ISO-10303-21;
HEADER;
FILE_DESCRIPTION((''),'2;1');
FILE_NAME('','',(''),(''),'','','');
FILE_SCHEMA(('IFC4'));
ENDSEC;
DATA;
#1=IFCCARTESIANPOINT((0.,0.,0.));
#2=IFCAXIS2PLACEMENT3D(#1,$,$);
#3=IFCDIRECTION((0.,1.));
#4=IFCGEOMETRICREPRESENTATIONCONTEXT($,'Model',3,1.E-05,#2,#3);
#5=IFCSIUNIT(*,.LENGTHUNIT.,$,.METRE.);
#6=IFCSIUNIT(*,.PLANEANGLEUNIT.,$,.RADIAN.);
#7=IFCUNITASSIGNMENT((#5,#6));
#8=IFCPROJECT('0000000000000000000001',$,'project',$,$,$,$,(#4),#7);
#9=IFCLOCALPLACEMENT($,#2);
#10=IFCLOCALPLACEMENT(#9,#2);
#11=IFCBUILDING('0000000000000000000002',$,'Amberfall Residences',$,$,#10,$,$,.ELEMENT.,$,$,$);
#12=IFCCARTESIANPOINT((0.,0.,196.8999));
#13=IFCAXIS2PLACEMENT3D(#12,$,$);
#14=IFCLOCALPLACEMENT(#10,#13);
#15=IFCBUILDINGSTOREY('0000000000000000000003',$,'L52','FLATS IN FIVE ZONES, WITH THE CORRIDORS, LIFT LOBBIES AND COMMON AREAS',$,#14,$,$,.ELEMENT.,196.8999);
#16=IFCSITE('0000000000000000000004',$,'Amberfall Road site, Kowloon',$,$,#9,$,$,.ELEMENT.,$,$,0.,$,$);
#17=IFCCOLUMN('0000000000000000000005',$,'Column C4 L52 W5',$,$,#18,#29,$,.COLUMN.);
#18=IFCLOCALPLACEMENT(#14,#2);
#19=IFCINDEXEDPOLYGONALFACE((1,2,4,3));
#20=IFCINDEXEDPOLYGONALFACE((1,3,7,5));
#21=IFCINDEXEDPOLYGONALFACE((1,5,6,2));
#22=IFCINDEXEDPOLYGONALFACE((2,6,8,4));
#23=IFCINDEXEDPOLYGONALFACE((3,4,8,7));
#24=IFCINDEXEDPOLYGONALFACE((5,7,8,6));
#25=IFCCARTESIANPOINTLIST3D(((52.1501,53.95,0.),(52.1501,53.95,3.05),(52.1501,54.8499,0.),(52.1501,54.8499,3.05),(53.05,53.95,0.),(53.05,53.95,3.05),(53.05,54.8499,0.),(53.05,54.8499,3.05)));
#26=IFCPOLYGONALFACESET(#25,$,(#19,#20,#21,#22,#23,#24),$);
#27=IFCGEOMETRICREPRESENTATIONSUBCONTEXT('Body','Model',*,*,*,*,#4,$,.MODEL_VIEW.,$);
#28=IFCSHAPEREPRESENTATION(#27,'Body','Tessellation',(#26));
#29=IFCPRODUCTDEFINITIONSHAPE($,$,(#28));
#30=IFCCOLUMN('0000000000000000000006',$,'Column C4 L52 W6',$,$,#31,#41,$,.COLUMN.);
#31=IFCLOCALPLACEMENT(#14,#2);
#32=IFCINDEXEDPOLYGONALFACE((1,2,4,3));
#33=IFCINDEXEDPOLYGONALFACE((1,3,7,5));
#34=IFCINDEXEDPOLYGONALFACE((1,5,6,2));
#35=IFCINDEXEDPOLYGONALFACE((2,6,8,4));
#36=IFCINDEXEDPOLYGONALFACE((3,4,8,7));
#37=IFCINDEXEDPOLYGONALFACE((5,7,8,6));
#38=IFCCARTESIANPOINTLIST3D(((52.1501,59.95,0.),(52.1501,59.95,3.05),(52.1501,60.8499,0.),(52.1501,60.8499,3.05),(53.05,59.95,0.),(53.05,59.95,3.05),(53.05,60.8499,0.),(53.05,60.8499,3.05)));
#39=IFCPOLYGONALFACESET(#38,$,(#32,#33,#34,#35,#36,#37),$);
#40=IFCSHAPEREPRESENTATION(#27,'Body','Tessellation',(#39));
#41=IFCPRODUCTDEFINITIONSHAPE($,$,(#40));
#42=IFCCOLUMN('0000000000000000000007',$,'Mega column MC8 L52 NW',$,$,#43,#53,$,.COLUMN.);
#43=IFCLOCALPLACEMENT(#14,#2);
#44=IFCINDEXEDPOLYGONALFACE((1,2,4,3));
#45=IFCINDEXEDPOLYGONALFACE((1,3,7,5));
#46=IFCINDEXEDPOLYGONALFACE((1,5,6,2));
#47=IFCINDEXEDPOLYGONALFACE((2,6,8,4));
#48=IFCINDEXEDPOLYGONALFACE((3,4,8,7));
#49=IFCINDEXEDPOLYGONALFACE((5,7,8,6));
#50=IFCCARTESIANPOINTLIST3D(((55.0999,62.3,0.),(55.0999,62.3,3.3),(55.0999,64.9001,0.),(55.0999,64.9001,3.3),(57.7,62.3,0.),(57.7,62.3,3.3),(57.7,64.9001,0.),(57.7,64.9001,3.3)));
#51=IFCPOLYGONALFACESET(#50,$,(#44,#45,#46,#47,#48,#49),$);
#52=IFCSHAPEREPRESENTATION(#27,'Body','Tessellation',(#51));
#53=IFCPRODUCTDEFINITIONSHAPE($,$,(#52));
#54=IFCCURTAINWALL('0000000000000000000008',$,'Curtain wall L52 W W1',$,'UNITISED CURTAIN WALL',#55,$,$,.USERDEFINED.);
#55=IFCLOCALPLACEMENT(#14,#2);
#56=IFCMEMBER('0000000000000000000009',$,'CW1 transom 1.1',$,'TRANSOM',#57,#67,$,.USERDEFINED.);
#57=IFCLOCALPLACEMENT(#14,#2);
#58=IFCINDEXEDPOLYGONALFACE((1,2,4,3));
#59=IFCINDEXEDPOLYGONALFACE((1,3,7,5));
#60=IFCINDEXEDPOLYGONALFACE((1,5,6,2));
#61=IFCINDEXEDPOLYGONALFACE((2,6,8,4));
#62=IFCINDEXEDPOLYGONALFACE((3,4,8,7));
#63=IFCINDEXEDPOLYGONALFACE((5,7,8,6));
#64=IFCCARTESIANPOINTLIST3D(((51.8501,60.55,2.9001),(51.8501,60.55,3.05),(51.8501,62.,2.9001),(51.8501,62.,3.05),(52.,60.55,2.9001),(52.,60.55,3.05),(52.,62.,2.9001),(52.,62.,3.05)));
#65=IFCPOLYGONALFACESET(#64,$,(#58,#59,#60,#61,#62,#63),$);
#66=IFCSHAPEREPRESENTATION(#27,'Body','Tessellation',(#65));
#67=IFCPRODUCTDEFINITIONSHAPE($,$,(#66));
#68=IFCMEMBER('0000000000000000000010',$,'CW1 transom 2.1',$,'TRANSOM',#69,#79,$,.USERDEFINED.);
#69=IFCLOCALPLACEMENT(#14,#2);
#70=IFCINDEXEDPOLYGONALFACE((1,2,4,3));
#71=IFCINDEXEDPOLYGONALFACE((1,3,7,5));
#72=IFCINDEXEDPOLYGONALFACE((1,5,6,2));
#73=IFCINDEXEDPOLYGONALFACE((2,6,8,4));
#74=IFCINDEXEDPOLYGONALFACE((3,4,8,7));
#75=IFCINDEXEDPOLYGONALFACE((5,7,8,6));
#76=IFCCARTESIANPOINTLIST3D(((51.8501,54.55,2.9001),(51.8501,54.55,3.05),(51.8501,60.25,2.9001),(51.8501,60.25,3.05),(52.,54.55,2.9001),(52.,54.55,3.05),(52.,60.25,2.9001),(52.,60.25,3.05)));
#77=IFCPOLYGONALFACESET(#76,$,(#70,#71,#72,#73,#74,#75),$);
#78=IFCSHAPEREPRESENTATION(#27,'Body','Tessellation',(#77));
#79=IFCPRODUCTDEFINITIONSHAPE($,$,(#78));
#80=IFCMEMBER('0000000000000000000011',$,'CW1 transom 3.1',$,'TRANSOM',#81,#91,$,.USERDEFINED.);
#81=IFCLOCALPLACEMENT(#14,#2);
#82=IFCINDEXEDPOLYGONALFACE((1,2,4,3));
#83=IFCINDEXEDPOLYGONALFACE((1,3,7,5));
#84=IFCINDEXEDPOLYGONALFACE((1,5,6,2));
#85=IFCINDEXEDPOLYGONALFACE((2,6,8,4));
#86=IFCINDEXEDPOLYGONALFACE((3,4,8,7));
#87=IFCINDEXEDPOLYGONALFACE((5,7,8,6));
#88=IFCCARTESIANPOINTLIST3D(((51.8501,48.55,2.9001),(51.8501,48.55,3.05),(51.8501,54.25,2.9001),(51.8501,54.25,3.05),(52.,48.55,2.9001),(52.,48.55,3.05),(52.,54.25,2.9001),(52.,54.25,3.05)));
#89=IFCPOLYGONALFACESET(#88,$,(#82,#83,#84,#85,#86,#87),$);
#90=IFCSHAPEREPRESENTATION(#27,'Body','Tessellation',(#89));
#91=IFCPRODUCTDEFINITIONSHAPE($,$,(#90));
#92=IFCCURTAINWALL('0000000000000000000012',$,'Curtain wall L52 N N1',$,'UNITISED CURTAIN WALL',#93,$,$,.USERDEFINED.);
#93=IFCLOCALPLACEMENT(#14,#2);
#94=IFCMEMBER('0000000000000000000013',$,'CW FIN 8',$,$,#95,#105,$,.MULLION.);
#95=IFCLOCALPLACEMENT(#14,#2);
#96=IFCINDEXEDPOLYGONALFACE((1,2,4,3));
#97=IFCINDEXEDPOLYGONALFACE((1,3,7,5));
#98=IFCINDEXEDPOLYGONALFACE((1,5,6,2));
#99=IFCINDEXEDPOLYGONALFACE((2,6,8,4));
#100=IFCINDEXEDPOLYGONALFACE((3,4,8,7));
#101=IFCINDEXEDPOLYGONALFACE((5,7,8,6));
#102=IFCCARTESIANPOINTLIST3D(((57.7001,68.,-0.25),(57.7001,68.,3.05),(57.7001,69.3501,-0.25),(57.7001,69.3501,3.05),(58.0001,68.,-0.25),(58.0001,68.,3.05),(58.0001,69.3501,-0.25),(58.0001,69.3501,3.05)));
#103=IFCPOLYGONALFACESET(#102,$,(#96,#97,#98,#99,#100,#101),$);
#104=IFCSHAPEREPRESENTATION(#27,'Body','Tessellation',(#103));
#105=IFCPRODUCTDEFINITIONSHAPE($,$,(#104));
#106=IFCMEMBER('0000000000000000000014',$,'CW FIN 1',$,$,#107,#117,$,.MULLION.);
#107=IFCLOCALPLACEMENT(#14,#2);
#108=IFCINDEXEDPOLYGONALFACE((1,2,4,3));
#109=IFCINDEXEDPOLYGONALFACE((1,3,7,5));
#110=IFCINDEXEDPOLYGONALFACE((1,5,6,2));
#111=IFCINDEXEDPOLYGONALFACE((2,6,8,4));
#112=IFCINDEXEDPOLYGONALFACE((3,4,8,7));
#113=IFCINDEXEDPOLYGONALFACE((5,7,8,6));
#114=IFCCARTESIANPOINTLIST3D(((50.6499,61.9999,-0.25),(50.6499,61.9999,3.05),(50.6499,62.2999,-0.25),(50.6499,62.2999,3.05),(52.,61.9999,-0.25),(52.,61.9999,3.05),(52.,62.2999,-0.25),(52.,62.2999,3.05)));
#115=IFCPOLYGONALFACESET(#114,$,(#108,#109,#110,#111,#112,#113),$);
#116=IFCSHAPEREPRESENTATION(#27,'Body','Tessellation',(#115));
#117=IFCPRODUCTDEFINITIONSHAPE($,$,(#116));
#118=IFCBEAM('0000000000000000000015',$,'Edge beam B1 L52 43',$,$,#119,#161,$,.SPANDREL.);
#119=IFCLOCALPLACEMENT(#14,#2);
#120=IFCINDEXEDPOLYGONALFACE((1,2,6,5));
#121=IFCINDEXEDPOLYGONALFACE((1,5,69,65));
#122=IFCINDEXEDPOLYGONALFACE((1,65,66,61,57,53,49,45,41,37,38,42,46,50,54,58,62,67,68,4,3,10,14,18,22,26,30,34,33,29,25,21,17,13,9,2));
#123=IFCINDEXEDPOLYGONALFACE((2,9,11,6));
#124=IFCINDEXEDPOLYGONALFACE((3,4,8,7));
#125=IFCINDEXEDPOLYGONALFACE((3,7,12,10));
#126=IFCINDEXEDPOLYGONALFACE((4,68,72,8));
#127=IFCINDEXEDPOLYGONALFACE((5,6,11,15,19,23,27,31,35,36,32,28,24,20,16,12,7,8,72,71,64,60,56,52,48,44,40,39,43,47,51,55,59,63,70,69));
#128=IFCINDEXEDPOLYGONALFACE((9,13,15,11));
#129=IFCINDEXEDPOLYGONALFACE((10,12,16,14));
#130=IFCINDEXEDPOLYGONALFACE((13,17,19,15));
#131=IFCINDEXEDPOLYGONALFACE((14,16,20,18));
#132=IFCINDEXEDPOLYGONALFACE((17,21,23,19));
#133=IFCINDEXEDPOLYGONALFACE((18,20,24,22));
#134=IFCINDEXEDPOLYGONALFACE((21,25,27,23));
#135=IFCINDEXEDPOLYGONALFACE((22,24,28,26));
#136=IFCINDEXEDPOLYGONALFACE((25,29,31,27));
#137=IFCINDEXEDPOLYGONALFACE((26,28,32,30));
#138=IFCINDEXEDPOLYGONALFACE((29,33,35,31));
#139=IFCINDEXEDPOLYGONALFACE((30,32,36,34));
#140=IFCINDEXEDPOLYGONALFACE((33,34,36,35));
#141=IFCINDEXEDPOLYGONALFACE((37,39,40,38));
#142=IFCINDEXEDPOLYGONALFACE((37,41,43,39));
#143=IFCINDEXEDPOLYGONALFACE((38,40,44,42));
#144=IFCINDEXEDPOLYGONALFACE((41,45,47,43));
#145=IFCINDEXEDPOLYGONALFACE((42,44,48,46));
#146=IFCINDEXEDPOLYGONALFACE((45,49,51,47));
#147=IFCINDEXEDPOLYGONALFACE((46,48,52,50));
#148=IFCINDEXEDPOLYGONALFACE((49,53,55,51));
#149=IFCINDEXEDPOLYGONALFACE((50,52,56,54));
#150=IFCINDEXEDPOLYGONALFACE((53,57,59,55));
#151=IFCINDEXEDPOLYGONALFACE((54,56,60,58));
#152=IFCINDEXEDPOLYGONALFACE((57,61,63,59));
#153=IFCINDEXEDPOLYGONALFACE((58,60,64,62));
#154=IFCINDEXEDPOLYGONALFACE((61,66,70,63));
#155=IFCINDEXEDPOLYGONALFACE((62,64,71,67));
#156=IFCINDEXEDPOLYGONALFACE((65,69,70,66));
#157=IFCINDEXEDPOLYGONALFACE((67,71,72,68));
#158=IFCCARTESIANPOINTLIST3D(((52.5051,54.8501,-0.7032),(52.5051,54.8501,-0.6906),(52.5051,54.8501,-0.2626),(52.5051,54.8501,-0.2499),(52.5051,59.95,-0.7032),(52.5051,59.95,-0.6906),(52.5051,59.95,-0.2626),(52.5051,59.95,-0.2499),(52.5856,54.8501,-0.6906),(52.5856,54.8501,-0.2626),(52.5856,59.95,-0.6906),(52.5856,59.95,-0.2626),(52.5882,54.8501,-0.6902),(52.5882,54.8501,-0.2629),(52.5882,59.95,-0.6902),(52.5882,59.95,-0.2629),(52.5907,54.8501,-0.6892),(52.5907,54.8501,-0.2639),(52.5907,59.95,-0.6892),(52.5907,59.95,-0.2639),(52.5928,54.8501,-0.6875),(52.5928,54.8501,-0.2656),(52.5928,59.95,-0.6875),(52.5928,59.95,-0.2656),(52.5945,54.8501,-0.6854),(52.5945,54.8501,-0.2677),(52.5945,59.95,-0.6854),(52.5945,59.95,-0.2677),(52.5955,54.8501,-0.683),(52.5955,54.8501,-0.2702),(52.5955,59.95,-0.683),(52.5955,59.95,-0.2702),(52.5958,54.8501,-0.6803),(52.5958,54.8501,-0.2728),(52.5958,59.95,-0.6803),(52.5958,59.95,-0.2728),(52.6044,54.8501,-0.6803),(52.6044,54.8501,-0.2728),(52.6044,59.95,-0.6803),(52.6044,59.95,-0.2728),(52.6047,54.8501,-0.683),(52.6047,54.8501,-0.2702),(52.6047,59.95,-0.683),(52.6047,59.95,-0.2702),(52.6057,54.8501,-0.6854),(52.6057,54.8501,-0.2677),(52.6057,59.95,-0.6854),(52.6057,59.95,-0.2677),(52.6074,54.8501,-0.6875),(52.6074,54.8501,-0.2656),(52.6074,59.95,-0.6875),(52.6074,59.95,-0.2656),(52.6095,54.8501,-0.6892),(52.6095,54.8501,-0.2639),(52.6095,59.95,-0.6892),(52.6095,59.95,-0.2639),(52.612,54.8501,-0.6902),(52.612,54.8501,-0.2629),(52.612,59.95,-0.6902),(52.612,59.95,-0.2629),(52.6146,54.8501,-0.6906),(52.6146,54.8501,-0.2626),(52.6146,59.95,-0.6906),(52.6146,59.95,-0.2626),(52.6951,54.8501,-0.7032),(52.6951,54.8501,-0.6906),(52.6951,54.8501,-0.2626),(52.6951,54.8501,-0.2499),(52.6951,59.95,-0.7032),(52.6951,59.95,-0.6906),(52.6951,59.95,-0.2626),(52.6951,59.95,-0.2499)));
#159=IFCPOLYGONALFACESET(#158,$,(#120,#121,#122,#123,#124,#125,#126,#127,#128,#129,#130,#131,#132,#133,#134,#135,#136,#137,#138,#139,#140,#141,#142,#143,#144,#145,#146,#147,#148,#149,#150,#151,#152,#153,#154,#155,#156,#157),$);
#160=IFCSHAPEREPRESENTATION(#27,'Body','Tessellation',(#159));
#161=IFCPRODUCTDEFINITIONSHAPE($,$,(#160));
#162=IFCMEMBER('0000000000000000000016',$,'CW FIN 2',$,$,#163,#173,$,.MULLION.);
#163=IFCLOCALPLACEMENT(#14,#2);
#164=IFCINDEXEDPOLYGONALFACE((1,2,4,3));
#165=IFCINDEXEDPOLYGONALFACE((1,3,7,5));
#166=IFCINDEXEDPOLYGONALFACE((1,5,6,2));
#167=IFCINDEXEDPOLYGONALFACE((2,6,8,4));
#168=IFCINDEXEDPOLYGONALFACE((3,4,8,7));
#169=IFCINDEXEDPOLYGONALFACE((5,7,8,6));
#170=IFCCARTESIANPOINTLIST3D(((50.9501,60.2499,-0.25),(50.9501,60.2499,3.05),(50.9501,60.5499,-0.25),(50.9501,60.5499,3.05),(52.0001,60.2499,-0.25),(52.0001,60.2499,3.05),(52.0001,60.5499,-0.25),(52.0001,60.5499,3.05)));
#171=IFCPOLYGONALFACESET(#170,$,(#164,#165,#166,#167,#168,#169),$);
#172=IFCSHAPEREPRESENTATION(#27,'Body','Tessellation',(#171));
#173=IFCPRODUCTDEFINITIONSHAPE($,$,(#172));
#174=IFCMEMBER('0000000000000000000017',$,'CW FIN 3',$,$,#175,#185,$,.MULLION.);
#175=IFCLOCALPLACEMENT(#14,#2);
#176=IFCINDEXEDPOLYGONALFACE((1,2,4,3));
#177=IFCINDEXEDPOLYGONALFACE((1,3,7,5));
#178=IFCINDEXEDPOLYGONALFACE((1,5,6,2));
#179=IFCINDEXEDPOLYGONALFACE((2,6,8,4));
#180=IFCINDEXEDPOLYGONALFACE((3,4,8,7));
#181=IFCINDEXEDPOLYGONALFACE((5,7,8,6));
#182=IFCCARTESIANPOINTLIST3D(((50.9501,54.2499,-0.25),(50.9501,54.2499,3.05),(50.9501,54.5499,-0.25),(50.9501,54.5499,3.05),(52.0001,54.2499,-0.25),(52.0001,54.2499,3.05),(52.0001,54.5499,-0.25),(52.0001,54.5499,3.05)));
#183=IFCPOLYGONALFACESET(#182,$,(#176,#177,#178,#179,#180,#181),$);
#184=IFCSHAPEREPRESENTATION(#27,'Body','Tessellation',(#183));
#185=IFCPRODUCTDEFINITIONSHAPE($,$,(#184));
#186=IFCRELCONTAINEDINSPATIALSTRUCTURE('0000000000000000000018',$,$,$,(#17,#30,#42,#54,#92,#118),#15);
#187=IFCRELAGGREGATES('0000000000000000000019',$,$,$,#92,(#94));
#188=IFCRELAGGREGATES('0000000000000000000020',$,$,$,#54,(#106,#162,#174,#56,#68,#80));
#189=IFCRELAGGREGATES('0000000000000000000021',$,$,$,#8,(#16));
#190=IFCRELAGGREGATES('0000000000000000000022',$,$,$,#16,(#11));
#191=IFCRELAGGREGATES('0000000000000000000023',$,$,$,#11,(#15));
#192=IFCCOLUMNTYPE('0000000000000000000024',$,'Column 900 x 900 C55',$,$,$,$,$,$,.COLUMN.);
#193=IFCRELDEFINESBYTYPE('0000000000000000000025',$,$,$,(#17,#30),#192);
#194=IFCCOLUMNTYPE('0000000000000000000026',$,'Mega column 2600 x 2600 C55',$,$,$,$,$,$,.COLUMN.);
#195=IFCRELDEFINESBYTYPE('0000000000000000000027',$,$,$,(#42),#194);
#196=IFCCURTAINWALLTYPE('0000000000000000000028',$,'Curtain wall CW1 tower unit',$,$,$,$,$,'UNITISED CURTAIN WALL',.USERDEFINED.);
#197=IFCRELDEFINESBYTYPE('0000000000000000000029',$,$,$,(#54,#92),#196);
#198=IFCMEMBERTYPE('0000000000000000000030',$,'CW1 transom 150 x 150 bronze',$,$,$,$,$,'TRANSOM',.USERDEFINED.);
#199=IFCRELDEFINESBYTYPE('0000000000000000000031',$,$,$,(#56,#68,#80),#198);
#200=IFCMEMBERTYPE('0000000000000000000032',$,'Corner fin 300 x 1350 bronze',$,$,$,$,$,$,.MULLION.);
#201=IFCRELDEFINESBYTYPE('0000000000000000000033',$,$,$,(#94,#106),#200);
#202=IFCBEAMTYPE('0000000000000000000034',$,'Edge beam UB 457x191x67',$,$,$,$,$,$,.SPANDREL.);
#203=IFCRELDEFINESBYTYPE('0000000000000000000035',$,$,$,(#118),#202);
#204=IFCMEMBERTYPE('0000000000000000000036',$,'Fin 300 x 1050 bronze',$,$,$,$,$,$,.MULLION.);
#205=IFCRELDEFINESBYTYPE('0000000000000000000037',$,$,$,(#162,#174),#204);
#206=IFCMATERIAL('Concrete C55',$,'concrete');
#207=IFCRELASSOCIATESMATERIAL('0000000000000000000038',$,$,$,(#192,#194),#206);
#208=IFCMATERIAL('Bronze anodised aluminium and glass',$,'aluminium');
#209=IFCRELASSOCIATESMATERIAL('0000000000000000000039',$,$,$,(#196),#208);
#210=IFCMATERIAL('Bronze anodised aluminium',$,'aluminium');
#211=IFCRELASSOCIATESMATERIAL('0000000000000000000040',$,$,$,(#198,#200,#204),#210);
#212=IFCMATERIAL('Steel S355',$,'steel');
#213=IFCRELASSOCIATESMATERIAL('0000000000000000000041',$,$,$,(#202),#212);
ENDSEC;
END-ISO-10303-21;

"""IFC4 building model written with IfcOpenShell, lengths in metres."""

from ifc_helpers import new_model, si_unit, direction, frame, origin, origin_2d, place, context, subcontext, project, spatial, rectangle, i_section, extrude, material, material_profile, profile_set, type_object, element, aggregate, save


model = new_model("IFC4")

# Units and contexts
model_context = context("Model", 3, precision=1e-05, world=origin(), true_north=direction((0.0, 1.0)))
body_context = subcontext(model_context, "Body", "Model", "MODEL_VIEW")
ifc_project = project(units=[si_unit("LENGTHUNIT", "METRE"), si_unit("PLANEANGLEUNIT", "RADIAN")], contexts=[model_context])

# Site, building, storey
site_placement = place(None, origin())
site = spatial("IfcSite", under=ifc_project, at=site_placement, Name="Amberfall Road site, Kowloon", CompositionType="ELEMENT", RefElevation=0.0)
building_placement = place(site_placement, origin())
building = spatial("IfcBuilding", under=site, at=building_placement, Name="Amberfall Residences", CompositionType="ELEMENT")
storey_placement = place(building_placement, frame((0.0, 0.0, 196.8999)))
storey = spatial("IfcBuildingStorey", under=building, at=storey_placement, Name="L52", Description="FLATS IN FIVE ZONES, WITH THE CORRIDORS, LIFT LOBBIES AND COMMON AREAS", CompositionType="ELEMENT", Elevation=196.8999)

# Columns
ifc_material_1 = material(Name="Concrete C55", Category="concrete")
ifc_material_profile_1 = material_profile(ifc_material_1, rectangle(XDim=0.8999, YDim=0.8999, at=origin_2d()), Name="Column 900 x 900 C55")
ifc_profile_set_1 = profile_set([ifc_material_profile_1], Name="Concrete C55")
column_type_1 = type_object("IfcColumnType", Name="Column 900 x 900 C55", PredefinedType="COLUMN", material=ifc_profile_set_1)
for number, where, z_axis, x_axis, name in (
    (1, (52.6001, 54.3999, 0.0), (0.0, 0.0, 1.0), (1.0, 0.0, 0.0), "Column C4 L52 W5"),
    (2, (52.6001, 60.3999, 0.0), (0.0, 0.0, 1.0), (1.0, 0.0, 0.0), "Column C4 L52 W6"),
):
    element("IfcColumn", number, at=place(storey_placement, frame(where, z_axis=z_axis, x_axis=x_axis)), inside=storey, type_object=column_type_1, Name=name, PredefinedType="COLUMN", context=body_context, shape_type="SweptSolid", body=[
        extrude(rectangle(XDim=0.8999, YDim=0.8999, at=origin_2d()), origin(), (0.0, 0.0, 1.0), 3.05),
    ])
ifc_material_profile_2 = material_profile(ifc_material_1, rectangle(XDim=2.6001, YDim=2.6001, at=origin_2d()), Name="Mega column 2600 x 2600 C55")
ifc_profile_set_2 = profile_set([ifc_material_profile_2], Name="Concrete C55")
column_type_2 = type_object("IfcColumnType", Name="Mega column 2600 x 2600 C55", PredefinedType="COLUMN", material=ifc_profile_set_2)
column_placement = place(storey_placement, frame((56.3999, 63.6001, 0.0), z_axis=(0.0, 0.0, 1.0), x_axis=(1.0, 0.0, 0.0)))
element("IfcColumn", 3, at=column_placement, inside=storey, type_object=column_type_2, Name="Mega column MC8 L52 NW", PredefinedType="COLUMN", context=body_context, shape_type="SweptSolid", body=[
    extrude(rectangle(XDim=2.6001, YDim=2.6001, at=origin_2d()), origin(), (0.0, 0.0, 1.0), 3.3),
])

# Curtain wall, members
ifc_material_2 = material(Name="Bronze anodised aluminium and glass", Category="aluminium")
curtain_wall_type = type_object("IfcCurtainWallType", Name="Curtain wall CW1 tower unit", ElementType="UNITISED CURTAIN WALL", PredefinedType="USERDEFINED", material=ifc_material_2)
curtain_wall_1_placement = place(storey_placement, origin())
curtain_wall_1 = element("IfcCurtainWall", 4, at=curtain_wall_1_placement, inside=storey, type_object=curtain_wall_type, Name="Curtain wall L52 W W1", ObjectType="UNITISED CURTAIN WALL", PredefinedType="USERDEFINED")
ifc_material_3 = material(Name="Bronze anodised aluminium", Category="aluminium")
ifc_material_profile_3 = material_profile(ifc_material_3, rectangle(XDim=0.1499, YDim=0.1499, at=origin_2d()), Name="CW1 transom 150 x 150 bronze")
ifc_profile_set_3 = profile_set([ifc_material_profile_3], Name="Bronze anodised aluminium")
member_type_1 = type_object("IfcMemberType", Name="CW1 transom 150 x 150 bronze", ElementType="TRANSOM", PredefinedType="USERDEFINED", material=ifc_profile_set_3)
member_1_placement = place(storey_placement, frame((51.925, 62.0, 2.9751), z_axis=(0.0, -1.0, 0.0), x_axis=(1.0, 0.0, 0.0)))
member_1 = element("IfcMember", 5, at=member_1_placement, type_object=member_type_1, Name="CW1 transom 1.1", ObjectType="TRANSOM", PredefinedType="USERDEFINED", context=body_context, shape_type="SweptSolid", body=[
    extrude(rectangle(XDim=0.1499, YDim=0.1499, at=origin_2d()), origin(), (0.0, 0.0, 1.0), 1.45),
])
member_2_placement = place(storey_placement, frame((51.925, 60.25, 2.9751), z_axis=(0.0, -1.0, 0.0), x_axis=(1.0, 0.0, 0.0)))
member_2 = element("IfcMember", 6, at=member_2_placement, type_object=member_type_1, Name="CW1 transom 2.1", ObjectType="TRANSOM", PredefinedType="USERDEFINED", context=body_context, shape_type="SweptSolid", body=[
    extrude(rectangle(XDim=0.1499, YDim=0.1499, at=origin_2d()), origin(), (0.0, 0.0, 1.0), 5.7),
])
member_3_placement = place(storey_placement, frame((51.925, 54.25, 2.9751), z_axis=(0.0, -1.0, 0.0), x_axis=(1.0, 0.0, 0.0)))
member_3 = element("IfcMember", 7, at=member_3_placement, type_object=member_type_1, Name="CW1 transom 3.1", ObjectType="TRANSOM", PredefinedType="USERDEFINED", context=body_context, shape_type="SweptSolid", body=[
    extrude(rectangle(XDim=0.1499, YDim=0.1499, at=origin_2d()), origin(), (0.0, 0.0, 1.0), 5.7),
])

# Curtain wall, member
curtain_wall_2_placement = place(storey_placement, origin())
curtain_wall_2 = element("IfcCurtainWall", 8, at=curtain_wall_2_placement, inside=storey, type_object=curtain_wall_type, Name="Curtain wall L52 N N1", ObjectType="UNITISED CURTAIN WALL", PredefinedType="USERDEFINED")
ifc_material_profile_4 = material_profile(ifc_material_3, rectangle(XDim=1.3501, YDim=0.3, at=origin_2d()), Name="Corner fin 300 x 1350 bronze")
ifc_profile_set_4 = profile_set([ifc_material_profile_4], Name="Bronze anodised aluminium")
member_type_2 = type_object("IfcMemberType", Name="Corner fin 300 x 1350 bronze", PredefinedType="MULLION", material=ifc_profile_set_4)
member_4_placement = place(storey_placement, frame((57.8501, 68.675, -0.25), z_axis=(0.0, 0.0, 1.0), x_axis=(0.0, -1.0, 0.0)))
member_4 = element("IfcMember", 9, at=member_4_placement, type_object=member_type_2, Name="CW FIN 8", PredefinedType="MULLION", context=body_context, shape_type="SweptSolid", body=[
    extrude(rectangle(XDim=1.3501, YDim=0.3, at=origin_2d()), origin(), (0.0, 0.0, 1.0), 3.3),
])

# Member
member_5_placement = place(storey_placement, frame((51.325, 62.1499, -0.25), z_axis=(0.0, 0.0, 1.0), x_axis=(1.0, 0.0, 0.0)))
member_5 = element("IfcMember", 10, at=member_5_placement, type_object=member_type_2, Name="CW FIN 1", PredefinedType="MULLION", context=body_context, shape_type="SweptSolid", body=[
    extrude(rectangle(XDim=1.3501, YDim=0.3, at=origin_2d()), origin(), (0.0, 0.0, 1.0), 3.3),
])

# Beam
ifc_material_4 = material(Name="Steel S355", Category="steel")
ifc_material_profile_5 = material_profile(ifc_material_4, i_section(OverallWidth=0.1899, OverallDepth=0.4534, WebThickness=0.0085, FlangeThickness=0.0127, FilletRadius=0.0103, at=origin_2d()), Name="UB 457x191x67")
ifc_profile_set_5 = profile_set([ifc_material_profile_5], Name="Steel S355")
beam_type_1 = type_object("IfcBeamType", Name="Edge beam UB 457x191x67", PredefinedType="SPANDREL", material=ifc_profile_set_5)
beam_1_placement = place(storey_placement, frame((52.6001, 54.8501, -0.4766), z_axis=(0.0, 1.0, 0.0), x_axis=(-1.0, 0.0, 0.0)))
element("IfcBeam", 11, at=beam_1_placement, inside=storey, type_object=beam_type_1, Name="Edge beam B1 L52 43", PredefinedType="SPANDREL", context=body_context, shape_type="SweptSolid", body=[
    extrude(i_section(OverallWidth=0.1899, OverallDepth=0.4534, WebThickness=0.0085, FlangeThickness=0.0127, FilletRadius=0.0103, at=origin_2d()), origin(), (0.0, 0.0, 1.0), 5.0999),
])

# Members
ifc_material_profile_6 = material_profile(ifc_material_3, rectangle(XDim=1.05, YDim=0.3, at=origin_2d()), Name="Fin 300 x 1050 bronze")
ifc_profile_set_6 = profile_set([ifc_material_profile_6], Name="Bronze anodised aluminium")
member_type_3 = type_object("IfcMemberType", Name="Fin 300 x 1050 bronze", PredefinedType="MULLION", material=ifc_profile_set_6)
member_6_placement = place(storey_placement, frame((51.4751, 60.3999, -0.25), z_axis=(0.0, 0.0, 1.0), x_axis=(1.0, 0.0, 0.0)))
member_6 = element("IfcMember", 12, at=member_6_placement, type_object=member_type_3, Name="CW FIN 2", PredefinedType="MULLION", context=body_context, shape_type="SweptSolid", body=[
    extrude(rectangle(XDim=1.05, YDim=0.3, at=origin_2d()), origin(), (0.0, 0.0, 1.0), 3.3),
])
member_7_placement = place(storey_placement, frame((51.4751, 54.3999, -0.25), z_axis=(0.0, 0.0, 1.0), x_axis=(1.0, 0.0, 0.0)))
member_7 = element("IfcMember", 13, at=member_7_placement, type_object=member_type_3, Name="CW FIN 3", PredefinedType="MULLION", context=body_context, shape_type="SweptSolid", body=[
    extrude(rectangle(XDim=1.05, YDim=0.3, at=origin_2d()), origin(), (0.0, 0.0, 1.0), 3.3),
])

aggregate(curtain_wall_2, [member_4])
aggregate(curtain_wall_1, [member_5, member_6, member_7, member_1, member_2, member_3])

save(model, "model.ifc")
